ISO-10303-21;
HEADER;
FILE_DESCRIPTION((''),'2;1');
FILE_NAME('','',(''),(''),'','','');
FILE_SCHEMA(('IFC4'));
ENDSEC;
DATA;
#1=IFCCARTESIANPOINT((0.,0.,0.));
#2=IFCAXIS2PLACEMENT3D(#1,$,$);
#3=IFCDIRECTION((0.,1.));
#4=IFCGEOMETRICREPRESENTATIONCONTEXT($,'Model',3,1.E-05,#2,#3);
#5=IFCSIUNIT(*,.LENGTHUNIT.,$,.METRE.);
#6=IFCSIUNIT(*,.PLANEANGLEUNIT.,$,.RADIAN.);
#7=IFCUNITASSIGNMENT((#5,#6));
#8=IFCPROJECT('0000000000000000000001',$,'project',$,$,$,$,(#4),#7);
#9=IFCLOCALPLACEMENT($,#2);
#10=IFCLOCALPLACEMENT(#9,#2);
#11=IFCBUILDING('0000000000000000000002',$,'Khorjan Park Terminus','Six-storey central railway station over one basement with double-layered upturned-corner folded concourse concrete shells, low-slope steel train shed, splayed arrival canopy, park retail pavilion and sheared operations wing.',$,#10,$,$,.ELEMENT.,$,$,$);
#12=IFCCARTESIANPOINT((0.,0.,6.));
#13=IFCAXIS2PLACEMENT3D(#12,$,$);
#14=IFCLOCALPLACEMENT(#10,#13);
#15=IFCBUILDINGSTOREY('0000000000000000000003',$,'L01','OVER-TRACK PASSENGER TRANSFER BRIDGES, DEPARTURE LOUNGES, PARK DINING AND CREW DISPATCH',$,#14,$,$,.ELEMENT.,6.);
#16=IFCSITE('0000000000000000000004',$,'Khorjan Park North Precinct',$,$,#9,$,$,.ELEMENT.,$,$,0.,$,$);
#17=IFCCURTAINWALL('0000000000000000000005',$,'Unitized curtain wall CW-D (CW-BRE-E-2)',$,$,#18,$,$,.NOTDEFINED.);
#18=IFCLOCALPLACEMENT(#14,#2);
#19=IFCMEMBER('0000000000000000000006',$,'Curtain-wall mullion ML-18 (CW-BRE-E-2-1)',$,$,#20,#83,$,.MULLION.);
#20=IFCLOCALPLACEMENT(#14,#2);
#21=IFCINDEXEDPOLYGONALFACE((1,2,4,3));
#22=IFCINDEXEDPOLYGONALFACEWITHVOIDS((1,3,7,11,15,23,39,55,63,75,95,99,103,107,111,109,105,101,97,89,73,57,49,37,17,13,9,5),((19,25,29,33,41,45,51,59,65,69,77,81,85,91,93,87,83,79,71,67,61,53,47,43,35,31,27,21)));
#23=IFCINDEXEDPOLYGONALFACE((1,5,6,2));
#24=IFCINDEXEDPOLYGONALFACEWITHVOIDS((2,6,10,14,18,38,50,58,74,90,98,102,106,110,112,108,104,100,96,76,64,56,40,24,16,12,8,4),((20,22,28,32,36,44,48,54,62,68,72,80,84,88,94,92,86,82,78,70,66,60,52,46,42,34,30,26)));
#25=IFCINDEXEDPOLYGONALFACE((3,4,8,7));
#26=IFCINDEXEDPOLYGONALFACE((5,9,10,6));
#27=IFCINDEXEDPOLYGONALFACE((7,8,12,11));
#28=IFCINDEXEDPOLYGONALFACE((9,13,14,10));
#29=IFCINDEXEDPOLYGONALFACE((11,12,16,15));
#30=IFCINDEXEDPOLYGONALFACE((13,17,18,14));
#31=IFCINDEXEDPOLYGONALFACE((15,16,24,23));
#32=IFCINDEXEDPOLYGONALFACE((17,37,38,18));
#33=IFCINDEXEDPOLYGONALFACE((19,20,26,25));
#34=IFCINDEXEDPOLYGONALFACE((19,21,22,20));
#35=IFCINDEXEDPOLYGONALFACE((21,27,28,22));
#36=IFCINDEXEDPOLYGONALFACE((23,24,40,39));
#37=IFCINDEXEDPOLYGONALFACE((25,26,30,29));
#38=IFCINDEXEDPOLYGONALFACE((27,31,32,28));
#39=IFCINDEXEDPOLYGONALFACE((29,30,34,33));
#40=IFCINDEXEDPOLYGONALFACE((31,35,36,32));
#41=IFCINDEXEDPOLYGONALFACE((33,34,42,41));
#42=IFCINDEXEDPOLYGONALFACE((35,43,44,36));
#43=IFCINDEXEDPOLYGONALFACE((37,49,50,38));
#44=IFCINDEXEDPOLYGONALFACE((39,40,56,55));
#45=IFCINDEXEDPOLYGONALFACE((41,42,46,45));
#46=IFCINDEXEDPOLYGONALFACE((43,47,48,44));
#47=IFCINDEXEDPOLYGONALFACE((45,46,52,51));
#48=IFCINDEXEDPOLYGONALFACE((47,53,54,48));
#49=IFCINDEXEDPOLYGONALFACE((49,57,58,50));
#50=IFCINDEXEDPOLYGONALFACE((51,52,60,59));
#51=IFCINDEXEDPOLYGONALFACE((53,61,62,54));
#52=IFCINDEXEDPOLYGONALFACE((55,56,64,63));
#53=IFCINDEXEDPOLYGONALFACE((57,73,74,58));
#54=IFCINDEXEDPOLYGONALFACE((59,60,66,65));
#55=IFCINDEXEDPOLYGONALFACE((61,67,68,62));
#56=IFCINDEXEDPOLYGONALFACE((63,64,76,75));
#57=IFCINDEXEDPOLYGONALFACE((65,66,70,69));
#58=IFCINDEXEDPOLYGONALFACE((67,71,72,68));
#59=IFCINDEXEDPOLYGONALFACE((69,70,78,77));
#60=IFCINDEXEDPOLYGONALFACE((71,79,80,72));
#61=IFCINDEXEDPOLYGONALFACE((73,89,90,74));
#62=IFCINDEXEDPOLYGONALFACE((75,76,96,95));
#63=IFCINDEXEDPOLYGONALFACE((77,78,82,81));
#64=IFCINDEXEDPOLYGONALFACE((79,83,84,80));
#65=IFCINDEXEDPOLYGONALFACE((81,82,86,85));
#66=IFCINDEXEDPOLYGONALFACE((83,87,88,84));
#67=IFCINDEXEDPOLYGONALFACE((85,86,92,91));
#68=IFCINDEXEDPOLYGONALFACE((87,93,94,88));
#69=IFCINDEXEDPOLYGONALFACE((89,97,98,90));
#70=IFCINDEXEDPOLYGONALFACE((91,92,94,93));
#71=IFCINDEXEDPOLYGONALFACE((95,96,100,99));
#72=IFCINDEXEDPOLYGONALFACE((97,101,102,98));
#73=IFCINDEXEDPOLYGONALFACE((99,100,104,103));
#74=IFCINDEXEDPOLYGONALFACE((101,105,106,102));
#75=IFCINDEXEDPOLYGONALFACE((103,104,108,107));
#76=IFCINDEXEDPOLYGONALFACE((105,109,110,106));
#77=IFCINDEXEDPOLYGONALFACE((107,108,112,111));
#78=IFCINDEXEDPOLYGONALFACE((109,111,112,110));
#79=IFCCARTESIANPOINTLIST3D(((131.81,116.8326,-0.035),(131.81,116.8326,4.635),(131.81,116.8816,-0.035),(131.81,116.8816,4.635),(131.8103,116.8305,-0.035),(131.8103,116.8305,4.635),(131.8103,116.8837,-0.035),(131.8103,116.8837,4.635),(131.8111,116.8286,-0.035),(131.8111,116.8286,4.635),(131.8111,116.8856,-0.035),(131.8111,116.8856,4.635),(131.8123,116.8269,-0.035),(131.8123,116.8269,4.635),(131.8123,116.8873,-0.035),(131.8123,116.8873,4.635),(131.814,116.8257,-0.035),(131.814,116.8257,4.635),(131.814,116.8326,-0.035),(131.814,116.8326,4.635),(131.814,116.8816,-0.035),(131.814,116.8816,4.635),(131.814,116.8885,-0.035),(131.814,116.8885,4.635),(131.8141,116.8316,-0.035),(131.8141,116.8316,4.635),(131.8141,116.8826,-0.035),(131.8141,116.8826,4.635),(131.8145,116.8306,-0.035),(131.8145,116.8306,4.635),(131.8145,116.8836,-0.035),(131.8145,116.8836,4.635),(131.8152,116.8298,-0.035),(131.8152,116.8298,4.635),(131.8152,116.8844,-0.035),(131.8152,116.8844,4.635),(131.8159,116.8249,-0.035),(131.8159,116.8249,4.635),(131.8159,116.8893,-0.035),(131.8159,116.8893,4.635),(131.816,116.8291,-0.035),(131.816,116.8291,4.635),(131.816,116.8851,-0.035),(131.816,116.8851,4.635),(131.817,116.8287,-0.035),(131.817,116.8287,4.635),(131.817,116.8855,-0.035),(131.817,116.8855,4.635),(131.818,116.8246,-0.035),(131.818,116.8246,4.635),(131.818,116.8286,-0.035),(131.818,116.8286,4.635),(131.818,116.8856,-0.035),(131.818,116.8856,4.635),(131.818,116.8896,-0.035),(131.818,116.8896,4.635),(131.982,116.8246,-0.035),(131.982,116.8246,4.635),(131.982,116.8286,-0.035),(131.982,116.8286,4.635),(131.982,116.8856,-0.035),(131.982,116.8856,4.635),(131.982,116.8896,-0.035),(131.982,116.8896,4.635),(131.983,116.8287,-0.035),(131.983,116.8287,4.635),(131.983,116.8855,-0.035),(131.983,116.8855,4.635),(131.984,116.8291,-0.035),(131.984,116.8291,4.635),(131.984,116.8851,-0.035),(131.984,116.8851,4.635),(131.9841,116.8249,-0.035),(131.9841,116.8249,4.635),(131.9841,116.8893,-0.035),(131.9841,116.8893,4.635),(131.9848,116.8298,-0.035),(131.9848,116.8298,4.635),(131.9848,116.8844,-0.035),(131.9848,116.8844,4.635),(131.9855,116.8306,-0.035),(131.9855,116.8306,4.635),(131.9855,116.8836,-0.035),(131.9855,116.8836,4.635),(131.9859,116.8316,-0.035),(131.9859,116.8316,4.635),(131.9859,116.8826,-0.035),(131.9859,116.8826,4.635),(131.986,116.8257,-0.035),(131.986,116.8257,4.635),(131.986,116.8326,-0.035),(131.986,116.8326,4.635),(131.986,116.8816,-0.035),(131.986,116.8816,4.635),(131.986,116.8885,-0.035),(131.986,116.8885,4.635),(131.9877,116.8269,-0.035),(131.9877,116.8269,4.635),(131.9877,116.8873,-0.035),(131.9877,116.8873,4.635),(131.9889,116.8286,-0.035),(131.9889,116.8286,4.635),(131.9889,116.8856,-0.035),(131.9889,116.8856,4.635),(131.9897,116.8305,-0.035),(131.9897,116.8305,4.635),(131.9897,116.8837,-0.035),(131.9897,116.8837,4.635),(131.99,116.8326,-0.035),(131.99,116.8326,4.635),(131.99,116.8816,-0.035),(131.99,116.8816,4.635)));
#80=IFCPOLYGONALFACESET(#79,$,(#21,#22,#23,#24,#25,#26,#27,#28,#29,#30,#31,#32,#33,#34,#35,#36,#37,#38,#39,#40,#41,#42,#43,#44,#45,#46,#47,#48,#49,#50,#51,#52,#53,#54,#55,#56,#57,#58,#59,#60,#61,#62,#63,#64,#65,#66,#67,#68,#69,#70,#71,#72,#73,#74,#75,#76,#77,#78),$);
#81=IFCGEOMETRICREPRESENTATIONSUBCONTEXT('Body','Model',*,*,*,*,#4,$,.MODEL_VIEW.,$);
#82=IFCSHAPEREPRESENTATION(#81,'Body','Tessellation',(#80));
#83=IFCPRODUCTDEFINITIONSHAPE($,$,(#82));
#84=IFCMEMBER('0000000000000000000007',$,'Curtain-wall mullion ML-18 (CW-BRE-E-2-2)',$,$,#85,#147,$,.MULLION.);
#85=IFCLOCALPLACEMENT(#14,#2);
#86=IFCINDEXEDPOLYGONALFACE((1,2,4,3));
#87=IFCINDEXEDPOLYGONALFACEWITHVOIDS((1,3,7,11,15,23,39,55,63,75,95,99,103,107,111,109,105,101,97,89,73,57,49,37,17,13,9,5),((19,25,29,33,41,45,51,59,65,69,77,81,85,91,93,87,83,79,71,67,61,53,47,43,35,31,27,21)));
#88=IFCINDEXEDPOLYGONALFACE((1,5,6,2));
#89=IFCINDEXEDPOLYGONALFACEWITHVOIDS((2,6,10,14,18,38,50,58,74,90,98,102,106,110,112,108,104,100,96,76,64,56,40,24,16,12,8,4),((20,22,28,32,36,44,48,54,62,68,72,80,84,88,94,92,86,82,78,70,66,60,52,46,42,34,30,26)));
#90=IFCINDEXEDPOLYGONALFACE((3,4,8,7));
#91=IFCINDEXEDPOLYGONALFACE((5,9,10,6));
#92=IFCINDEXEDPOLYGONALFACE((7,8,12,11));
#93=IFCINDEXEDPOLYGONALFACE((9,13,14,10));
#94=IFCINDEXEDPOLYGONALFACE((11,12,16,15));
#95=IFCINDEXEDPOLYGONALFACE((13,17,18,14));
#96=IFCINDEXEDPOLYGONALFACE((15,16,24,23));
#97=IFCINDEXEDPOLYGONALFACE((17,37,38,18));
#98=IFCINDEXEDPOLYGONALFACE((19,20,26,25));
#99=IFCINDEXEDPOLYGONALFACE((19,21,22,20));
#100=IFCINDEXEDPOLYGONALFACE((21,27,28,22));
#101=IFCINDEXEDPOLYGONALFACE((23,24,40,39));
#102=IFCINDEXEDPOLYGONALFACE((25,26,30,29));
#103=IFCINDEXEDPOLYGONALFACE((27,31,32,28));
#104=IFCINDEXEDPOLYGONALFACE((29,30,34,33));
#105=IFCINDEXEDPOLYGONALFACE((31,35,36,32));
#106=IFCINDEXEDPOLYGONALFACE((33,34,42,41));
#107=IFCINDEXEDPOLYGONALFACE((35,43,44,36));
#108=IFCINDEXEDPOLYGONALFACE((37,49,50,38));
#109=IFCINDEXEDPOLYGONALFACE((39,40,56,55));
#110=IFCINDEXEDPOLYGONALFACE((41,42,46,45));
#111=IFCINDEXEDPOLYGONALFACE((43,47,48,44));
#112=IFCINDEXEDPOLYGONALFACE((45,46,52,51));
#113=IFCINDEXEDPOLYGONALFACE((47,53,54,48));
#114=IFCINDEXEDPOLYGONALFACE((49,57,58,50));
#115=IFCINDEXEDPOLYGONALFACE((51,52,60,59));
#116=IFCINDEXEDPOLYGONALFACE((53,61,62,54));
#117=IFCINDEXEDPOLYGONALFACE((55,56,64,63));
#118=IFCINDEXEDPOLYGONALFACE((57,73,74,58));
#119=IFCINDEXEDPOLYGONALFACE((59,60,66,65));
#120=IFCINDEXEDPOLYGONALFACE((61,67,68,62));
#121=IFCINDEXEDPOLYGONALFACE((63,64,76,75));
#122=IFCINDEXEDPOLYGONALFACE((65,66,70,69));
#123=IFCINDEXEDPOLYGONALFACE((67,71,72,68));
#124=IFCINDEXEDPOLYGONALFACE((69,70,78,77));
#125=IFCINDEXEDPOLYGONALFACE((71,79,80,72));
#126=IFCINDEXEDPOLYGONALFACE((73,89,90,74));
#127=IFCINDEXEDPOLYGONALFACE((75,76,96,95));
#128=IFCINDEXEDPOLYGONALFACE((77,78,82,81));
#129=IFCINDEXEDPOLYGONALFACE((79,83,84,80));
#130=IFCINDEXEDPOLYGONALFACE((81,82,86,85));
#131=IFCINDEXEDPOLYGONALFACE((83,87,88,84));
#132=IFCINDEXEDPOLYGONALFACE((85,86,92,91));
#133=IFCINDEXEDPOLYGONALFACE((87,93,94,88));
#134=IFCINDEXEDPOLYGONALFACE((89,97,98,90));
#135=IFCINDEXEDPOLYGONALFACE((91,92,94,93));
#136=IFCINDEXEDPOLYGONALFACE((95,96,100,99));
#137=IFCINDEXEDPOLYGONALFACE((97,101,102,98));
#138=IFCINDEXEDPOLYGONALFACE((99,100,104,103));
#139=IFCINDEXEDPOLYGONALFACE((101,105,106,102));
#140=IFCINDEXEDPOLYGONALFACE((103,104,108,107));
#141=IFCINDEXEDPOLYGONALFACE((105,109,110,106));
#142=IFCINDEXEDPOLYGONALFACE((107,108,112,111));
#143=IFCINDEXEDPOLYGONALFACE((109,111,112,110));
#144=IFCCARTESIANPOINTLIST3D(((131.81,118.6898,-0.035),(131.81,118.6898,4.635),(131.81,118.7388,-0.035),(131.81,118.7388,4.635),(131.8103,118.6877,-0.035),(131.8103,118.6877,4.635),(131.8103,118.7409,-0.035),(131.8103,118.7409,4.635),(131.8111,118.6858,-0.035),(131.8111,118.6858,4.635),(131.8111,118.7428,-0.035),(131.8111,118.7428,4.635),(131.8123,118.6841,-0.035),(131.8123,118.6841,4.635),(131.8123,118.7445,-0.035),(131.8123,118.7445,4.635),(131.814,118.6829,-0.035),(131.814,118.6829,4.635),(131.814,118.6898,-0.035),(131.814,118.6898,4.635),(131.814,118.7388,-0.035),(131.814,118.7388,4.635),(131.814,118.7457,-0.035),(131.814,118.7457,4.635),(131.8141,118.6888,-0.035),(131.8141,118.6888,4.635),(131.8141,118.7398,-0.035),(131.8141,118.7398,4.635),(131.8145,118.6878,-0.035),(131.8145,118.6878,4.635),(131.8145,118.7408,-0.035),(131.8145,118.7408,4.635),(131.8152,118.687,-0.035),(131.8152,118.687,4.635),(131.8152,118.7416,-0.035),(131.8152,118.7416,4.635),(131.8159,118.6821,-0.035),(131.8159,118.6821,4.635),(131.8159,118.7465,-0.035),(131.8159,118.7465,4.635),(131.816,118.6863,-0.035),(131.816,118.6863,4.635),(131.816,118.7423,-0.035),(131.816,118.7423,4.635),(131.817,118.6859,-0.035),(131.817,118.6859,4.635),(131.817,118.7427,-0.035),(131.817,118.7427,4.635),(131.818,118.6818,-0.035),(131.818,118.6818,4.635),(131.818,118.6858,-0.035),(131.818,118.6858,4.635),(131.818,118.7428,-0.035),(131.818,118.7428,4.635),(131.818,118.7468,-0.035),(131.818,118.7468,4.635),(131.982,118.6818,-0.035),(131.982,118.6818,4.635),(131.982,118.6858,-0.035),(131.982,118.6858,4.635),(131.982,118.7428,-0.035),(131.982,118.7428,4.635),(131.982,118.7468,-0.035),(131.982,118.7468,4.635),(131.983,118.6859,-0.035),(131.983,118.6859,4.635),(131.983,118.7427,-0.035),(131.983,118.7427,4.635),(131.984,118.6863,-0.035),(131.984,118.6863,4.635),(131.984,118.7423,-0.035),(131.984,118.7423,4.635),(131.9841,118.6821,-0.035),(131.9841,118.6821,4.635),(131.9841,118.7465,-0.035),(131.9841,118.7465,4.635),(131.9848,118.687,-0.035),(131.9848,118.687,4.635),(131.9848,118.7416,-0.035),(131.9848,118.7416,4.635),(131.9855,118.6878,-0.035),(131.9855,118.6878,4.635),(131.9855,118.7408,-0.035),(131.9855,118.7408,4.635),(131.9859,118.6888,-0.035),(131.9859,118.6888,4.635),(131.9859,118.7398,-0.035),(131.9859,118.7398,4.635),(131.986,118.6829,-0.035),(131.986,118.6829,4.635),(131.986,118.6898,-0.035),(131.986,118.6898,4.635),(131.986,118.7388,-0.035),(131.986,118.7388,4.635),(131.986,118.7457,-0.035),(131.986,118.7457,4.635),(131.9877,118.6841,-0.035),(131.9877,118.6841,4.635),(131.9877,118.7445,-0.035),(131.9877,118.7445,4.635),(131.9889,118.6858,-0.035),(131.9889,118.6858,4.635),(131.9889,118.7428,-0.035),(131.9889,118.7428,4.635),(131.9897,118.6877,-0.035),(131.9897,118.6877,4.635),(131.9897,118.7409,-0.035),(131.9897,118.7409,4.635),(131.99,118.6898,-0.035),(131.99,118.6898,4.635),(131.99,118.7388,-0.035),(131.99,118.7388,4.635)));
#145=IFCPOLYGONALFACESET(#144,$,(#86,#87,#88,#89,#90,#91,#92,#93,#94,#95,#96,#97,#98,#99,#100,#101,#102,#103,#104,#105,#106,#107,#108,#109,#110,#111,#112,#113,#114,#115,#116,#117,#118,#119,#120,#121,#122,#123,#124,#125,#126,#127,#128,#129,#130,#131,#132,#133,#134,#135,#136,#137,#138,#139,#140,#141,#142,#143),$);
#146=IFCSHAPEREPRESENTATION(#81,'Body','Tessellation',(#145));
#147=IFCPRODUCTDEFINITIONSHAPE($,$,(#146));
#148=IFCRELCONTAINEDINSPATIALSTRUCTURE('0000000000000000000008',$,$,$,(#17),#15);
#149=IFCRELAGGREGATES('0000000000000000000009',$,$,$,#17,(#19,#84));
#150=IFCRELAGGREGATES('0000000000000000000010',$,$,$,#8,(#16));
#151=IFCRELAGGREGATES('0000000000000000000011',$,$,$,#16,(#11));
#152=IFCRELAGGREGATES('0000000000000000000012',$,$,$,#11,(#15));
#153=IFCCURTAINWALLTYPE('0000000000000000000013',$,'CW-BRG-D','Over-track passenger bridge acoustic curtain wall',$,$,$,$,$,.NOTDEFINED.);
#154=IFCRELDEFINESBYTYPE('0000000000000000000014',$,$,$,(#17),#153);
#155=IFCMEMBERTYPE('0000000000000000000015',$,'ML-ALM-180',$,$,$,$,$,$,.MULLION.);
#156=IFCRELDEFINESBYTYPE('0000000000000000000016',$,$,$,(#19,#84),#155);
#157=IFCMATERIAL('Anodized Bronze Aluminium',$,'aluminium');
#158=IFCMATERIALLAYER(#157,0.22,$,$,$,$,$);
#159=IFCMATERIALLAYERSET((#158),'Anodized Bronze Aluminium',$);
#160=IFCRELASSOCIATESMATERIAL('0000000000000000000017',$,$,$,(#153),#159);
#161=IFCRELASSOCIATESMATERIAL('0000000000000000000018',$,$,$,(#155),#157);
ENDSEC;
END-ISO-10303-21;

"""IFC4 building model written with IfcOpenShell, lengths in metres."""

from ifc_helpers import new_model, si_unit, direction, frame, origin, origin_2d, place, context, subcontext, project, spatial, hollow_rectangle, extrude, material, layer, layer_set, material_profile, profile_set, type_object, element, aggregate, save


model = new_model("IFC4")

# Units and contexts
model_context = context("Model", 3, precision=1e-05, world=origin(), true_north=direction((0.0, 1.0)))
body_context = subcontext(model_context, "Body", "Model", "MODEL_VIEW")
ifc_project = project(units=[si_unit("LENGTHUNIT", "METRE"), si_unit("PLANEANGLEUNIT", "RADIAN")], contexts=[model_context])

# Site, building, storey
site_placement = place(None, origin())
site = spatial("IfcSite", under=ifc_project, at=site_placement, Name="Khorjan Park North Precinct", CompositionType="ELEMENT", RefElevation=0.0)
building_placement = place(site_placement, origin())
building = spatial("IfcBuilding", under=site, at=building_placement, Name="Khorjan Park Terminus", Description="Six-storey central railway station over one basement with double-layered upturned-corner folded concourse concrete shells, low-slope steel train shed, splayed arrival canopy, park retail pavilion and sheared operations wing.", CompositionType="ELEMENT")
storey_placement = place(building_placement, frame((0.0, 0.0, 6.0)))
storey = spatial("IfcBuildingStorey", under=building, at=storey_placement, Name="L01", Description="OVER-TRACK PASSENGER TRANSFER BRIDGES, DEPARTURE LOUNGES, PARK DINING AND CREW DISPATCH", CompositionType="ELEMENT", Elevation=6.0)

# Curtain wall, members
ifc_material_1 = material(Name="Anodized Bronze Aluminium", Category="aluminium")
ifc_layer_1 = layer(ifc_material_1, 0.22)
ifc_layer_set_1 = layer_set([ifc_layer_1], Name="Anodized Bronze Aluminium")
curtain_wall_type = type_object("IfcCurtainWallType", Name="CW-BRG-D", Description="Over-track passenger bridge acoustic curtain wall", PredefinedType="NOTDEFINED", material=ifc_layer_set_1)
curtain_wall_placement = place(storey_placement, origin())
curtain_wall = element("IfcCurtainWall", 1, at=curtain_wall_placement, inside=storey, type_object=curtain_wall_type, Name="Unitized curtain wall CW-D (CW-BRE-E-2)", PredefinedType="NOTDEFINED")
ifc_material_profile_1 = material_profile(ifc_material_1, hollow_rectangle(XDim=0.065, YDim=0.18, WallThickness=0.004, InnerFilletRadius=0.004, OuterFilletRadius=0.008, at=origin_2d()), Name="ALM 65x180x4")
ifc_profile_set_1 = profile_set([ifc_material_profile_1], Name="Anodized Bronze Aluminium")
member_type_1 = type_object("IfcMemberType", Name="ML-ALM-180", PredefinedType="MULLION", material=ifc_profile_set_1)
member_1_placement = place(storey_placement, frame((131.9, 116.8571, -0.035), z_axis=(0.0, 0.0, 1.0), x_axis=(0.0, 1.0, 0.0)))
member_1 = element("IfcMember", 2, at=member_1_placement, type_object=member_type_1, Name="Curtain-wall mullion ML-18 (CW-BRE-E-2-1)", PredefinedType="MULLION", context=body_context, shape_type="SweptSolid", body=[
    extrude(hollow_rectangle(XDim=0.065, YDim=0.18, WallThickness=0.004, InnerFilletRadius=0.004, OuterFilletRadius=0.008, at=origin_2d()), origin(), (0.0, 0.0, 1.0), 4.67),
])
member_2_placement = place(storey_placement, frame((131.9, 118.7143, -0.035), z_axis=(0.0, 0.0, 1.0), x_axis=(0.0, 1.0, 0.0)))
member_2 = element("IfcMember", 3, at=member_2_placement, type_object=member_type_1, Name="Curtain-wall mullion ML-18 (CW-BRE-E-2-2)", PredefinedType="MULLION", context=body_context, shape_type="SweptSolid", body=[
    extrude(hollow_rectangle(XDim=0.065, YDim=0.18, WallThickness=0.004, InnerFilletRadius=0.004, OuterFilletRadius=0.008, at=origin_2d()), origin(), (0.0, 0.0, 1.0), 4.67),
])
aggregate(curtain_wall, [member_1, member_2])

save(model, "model.ifc")
